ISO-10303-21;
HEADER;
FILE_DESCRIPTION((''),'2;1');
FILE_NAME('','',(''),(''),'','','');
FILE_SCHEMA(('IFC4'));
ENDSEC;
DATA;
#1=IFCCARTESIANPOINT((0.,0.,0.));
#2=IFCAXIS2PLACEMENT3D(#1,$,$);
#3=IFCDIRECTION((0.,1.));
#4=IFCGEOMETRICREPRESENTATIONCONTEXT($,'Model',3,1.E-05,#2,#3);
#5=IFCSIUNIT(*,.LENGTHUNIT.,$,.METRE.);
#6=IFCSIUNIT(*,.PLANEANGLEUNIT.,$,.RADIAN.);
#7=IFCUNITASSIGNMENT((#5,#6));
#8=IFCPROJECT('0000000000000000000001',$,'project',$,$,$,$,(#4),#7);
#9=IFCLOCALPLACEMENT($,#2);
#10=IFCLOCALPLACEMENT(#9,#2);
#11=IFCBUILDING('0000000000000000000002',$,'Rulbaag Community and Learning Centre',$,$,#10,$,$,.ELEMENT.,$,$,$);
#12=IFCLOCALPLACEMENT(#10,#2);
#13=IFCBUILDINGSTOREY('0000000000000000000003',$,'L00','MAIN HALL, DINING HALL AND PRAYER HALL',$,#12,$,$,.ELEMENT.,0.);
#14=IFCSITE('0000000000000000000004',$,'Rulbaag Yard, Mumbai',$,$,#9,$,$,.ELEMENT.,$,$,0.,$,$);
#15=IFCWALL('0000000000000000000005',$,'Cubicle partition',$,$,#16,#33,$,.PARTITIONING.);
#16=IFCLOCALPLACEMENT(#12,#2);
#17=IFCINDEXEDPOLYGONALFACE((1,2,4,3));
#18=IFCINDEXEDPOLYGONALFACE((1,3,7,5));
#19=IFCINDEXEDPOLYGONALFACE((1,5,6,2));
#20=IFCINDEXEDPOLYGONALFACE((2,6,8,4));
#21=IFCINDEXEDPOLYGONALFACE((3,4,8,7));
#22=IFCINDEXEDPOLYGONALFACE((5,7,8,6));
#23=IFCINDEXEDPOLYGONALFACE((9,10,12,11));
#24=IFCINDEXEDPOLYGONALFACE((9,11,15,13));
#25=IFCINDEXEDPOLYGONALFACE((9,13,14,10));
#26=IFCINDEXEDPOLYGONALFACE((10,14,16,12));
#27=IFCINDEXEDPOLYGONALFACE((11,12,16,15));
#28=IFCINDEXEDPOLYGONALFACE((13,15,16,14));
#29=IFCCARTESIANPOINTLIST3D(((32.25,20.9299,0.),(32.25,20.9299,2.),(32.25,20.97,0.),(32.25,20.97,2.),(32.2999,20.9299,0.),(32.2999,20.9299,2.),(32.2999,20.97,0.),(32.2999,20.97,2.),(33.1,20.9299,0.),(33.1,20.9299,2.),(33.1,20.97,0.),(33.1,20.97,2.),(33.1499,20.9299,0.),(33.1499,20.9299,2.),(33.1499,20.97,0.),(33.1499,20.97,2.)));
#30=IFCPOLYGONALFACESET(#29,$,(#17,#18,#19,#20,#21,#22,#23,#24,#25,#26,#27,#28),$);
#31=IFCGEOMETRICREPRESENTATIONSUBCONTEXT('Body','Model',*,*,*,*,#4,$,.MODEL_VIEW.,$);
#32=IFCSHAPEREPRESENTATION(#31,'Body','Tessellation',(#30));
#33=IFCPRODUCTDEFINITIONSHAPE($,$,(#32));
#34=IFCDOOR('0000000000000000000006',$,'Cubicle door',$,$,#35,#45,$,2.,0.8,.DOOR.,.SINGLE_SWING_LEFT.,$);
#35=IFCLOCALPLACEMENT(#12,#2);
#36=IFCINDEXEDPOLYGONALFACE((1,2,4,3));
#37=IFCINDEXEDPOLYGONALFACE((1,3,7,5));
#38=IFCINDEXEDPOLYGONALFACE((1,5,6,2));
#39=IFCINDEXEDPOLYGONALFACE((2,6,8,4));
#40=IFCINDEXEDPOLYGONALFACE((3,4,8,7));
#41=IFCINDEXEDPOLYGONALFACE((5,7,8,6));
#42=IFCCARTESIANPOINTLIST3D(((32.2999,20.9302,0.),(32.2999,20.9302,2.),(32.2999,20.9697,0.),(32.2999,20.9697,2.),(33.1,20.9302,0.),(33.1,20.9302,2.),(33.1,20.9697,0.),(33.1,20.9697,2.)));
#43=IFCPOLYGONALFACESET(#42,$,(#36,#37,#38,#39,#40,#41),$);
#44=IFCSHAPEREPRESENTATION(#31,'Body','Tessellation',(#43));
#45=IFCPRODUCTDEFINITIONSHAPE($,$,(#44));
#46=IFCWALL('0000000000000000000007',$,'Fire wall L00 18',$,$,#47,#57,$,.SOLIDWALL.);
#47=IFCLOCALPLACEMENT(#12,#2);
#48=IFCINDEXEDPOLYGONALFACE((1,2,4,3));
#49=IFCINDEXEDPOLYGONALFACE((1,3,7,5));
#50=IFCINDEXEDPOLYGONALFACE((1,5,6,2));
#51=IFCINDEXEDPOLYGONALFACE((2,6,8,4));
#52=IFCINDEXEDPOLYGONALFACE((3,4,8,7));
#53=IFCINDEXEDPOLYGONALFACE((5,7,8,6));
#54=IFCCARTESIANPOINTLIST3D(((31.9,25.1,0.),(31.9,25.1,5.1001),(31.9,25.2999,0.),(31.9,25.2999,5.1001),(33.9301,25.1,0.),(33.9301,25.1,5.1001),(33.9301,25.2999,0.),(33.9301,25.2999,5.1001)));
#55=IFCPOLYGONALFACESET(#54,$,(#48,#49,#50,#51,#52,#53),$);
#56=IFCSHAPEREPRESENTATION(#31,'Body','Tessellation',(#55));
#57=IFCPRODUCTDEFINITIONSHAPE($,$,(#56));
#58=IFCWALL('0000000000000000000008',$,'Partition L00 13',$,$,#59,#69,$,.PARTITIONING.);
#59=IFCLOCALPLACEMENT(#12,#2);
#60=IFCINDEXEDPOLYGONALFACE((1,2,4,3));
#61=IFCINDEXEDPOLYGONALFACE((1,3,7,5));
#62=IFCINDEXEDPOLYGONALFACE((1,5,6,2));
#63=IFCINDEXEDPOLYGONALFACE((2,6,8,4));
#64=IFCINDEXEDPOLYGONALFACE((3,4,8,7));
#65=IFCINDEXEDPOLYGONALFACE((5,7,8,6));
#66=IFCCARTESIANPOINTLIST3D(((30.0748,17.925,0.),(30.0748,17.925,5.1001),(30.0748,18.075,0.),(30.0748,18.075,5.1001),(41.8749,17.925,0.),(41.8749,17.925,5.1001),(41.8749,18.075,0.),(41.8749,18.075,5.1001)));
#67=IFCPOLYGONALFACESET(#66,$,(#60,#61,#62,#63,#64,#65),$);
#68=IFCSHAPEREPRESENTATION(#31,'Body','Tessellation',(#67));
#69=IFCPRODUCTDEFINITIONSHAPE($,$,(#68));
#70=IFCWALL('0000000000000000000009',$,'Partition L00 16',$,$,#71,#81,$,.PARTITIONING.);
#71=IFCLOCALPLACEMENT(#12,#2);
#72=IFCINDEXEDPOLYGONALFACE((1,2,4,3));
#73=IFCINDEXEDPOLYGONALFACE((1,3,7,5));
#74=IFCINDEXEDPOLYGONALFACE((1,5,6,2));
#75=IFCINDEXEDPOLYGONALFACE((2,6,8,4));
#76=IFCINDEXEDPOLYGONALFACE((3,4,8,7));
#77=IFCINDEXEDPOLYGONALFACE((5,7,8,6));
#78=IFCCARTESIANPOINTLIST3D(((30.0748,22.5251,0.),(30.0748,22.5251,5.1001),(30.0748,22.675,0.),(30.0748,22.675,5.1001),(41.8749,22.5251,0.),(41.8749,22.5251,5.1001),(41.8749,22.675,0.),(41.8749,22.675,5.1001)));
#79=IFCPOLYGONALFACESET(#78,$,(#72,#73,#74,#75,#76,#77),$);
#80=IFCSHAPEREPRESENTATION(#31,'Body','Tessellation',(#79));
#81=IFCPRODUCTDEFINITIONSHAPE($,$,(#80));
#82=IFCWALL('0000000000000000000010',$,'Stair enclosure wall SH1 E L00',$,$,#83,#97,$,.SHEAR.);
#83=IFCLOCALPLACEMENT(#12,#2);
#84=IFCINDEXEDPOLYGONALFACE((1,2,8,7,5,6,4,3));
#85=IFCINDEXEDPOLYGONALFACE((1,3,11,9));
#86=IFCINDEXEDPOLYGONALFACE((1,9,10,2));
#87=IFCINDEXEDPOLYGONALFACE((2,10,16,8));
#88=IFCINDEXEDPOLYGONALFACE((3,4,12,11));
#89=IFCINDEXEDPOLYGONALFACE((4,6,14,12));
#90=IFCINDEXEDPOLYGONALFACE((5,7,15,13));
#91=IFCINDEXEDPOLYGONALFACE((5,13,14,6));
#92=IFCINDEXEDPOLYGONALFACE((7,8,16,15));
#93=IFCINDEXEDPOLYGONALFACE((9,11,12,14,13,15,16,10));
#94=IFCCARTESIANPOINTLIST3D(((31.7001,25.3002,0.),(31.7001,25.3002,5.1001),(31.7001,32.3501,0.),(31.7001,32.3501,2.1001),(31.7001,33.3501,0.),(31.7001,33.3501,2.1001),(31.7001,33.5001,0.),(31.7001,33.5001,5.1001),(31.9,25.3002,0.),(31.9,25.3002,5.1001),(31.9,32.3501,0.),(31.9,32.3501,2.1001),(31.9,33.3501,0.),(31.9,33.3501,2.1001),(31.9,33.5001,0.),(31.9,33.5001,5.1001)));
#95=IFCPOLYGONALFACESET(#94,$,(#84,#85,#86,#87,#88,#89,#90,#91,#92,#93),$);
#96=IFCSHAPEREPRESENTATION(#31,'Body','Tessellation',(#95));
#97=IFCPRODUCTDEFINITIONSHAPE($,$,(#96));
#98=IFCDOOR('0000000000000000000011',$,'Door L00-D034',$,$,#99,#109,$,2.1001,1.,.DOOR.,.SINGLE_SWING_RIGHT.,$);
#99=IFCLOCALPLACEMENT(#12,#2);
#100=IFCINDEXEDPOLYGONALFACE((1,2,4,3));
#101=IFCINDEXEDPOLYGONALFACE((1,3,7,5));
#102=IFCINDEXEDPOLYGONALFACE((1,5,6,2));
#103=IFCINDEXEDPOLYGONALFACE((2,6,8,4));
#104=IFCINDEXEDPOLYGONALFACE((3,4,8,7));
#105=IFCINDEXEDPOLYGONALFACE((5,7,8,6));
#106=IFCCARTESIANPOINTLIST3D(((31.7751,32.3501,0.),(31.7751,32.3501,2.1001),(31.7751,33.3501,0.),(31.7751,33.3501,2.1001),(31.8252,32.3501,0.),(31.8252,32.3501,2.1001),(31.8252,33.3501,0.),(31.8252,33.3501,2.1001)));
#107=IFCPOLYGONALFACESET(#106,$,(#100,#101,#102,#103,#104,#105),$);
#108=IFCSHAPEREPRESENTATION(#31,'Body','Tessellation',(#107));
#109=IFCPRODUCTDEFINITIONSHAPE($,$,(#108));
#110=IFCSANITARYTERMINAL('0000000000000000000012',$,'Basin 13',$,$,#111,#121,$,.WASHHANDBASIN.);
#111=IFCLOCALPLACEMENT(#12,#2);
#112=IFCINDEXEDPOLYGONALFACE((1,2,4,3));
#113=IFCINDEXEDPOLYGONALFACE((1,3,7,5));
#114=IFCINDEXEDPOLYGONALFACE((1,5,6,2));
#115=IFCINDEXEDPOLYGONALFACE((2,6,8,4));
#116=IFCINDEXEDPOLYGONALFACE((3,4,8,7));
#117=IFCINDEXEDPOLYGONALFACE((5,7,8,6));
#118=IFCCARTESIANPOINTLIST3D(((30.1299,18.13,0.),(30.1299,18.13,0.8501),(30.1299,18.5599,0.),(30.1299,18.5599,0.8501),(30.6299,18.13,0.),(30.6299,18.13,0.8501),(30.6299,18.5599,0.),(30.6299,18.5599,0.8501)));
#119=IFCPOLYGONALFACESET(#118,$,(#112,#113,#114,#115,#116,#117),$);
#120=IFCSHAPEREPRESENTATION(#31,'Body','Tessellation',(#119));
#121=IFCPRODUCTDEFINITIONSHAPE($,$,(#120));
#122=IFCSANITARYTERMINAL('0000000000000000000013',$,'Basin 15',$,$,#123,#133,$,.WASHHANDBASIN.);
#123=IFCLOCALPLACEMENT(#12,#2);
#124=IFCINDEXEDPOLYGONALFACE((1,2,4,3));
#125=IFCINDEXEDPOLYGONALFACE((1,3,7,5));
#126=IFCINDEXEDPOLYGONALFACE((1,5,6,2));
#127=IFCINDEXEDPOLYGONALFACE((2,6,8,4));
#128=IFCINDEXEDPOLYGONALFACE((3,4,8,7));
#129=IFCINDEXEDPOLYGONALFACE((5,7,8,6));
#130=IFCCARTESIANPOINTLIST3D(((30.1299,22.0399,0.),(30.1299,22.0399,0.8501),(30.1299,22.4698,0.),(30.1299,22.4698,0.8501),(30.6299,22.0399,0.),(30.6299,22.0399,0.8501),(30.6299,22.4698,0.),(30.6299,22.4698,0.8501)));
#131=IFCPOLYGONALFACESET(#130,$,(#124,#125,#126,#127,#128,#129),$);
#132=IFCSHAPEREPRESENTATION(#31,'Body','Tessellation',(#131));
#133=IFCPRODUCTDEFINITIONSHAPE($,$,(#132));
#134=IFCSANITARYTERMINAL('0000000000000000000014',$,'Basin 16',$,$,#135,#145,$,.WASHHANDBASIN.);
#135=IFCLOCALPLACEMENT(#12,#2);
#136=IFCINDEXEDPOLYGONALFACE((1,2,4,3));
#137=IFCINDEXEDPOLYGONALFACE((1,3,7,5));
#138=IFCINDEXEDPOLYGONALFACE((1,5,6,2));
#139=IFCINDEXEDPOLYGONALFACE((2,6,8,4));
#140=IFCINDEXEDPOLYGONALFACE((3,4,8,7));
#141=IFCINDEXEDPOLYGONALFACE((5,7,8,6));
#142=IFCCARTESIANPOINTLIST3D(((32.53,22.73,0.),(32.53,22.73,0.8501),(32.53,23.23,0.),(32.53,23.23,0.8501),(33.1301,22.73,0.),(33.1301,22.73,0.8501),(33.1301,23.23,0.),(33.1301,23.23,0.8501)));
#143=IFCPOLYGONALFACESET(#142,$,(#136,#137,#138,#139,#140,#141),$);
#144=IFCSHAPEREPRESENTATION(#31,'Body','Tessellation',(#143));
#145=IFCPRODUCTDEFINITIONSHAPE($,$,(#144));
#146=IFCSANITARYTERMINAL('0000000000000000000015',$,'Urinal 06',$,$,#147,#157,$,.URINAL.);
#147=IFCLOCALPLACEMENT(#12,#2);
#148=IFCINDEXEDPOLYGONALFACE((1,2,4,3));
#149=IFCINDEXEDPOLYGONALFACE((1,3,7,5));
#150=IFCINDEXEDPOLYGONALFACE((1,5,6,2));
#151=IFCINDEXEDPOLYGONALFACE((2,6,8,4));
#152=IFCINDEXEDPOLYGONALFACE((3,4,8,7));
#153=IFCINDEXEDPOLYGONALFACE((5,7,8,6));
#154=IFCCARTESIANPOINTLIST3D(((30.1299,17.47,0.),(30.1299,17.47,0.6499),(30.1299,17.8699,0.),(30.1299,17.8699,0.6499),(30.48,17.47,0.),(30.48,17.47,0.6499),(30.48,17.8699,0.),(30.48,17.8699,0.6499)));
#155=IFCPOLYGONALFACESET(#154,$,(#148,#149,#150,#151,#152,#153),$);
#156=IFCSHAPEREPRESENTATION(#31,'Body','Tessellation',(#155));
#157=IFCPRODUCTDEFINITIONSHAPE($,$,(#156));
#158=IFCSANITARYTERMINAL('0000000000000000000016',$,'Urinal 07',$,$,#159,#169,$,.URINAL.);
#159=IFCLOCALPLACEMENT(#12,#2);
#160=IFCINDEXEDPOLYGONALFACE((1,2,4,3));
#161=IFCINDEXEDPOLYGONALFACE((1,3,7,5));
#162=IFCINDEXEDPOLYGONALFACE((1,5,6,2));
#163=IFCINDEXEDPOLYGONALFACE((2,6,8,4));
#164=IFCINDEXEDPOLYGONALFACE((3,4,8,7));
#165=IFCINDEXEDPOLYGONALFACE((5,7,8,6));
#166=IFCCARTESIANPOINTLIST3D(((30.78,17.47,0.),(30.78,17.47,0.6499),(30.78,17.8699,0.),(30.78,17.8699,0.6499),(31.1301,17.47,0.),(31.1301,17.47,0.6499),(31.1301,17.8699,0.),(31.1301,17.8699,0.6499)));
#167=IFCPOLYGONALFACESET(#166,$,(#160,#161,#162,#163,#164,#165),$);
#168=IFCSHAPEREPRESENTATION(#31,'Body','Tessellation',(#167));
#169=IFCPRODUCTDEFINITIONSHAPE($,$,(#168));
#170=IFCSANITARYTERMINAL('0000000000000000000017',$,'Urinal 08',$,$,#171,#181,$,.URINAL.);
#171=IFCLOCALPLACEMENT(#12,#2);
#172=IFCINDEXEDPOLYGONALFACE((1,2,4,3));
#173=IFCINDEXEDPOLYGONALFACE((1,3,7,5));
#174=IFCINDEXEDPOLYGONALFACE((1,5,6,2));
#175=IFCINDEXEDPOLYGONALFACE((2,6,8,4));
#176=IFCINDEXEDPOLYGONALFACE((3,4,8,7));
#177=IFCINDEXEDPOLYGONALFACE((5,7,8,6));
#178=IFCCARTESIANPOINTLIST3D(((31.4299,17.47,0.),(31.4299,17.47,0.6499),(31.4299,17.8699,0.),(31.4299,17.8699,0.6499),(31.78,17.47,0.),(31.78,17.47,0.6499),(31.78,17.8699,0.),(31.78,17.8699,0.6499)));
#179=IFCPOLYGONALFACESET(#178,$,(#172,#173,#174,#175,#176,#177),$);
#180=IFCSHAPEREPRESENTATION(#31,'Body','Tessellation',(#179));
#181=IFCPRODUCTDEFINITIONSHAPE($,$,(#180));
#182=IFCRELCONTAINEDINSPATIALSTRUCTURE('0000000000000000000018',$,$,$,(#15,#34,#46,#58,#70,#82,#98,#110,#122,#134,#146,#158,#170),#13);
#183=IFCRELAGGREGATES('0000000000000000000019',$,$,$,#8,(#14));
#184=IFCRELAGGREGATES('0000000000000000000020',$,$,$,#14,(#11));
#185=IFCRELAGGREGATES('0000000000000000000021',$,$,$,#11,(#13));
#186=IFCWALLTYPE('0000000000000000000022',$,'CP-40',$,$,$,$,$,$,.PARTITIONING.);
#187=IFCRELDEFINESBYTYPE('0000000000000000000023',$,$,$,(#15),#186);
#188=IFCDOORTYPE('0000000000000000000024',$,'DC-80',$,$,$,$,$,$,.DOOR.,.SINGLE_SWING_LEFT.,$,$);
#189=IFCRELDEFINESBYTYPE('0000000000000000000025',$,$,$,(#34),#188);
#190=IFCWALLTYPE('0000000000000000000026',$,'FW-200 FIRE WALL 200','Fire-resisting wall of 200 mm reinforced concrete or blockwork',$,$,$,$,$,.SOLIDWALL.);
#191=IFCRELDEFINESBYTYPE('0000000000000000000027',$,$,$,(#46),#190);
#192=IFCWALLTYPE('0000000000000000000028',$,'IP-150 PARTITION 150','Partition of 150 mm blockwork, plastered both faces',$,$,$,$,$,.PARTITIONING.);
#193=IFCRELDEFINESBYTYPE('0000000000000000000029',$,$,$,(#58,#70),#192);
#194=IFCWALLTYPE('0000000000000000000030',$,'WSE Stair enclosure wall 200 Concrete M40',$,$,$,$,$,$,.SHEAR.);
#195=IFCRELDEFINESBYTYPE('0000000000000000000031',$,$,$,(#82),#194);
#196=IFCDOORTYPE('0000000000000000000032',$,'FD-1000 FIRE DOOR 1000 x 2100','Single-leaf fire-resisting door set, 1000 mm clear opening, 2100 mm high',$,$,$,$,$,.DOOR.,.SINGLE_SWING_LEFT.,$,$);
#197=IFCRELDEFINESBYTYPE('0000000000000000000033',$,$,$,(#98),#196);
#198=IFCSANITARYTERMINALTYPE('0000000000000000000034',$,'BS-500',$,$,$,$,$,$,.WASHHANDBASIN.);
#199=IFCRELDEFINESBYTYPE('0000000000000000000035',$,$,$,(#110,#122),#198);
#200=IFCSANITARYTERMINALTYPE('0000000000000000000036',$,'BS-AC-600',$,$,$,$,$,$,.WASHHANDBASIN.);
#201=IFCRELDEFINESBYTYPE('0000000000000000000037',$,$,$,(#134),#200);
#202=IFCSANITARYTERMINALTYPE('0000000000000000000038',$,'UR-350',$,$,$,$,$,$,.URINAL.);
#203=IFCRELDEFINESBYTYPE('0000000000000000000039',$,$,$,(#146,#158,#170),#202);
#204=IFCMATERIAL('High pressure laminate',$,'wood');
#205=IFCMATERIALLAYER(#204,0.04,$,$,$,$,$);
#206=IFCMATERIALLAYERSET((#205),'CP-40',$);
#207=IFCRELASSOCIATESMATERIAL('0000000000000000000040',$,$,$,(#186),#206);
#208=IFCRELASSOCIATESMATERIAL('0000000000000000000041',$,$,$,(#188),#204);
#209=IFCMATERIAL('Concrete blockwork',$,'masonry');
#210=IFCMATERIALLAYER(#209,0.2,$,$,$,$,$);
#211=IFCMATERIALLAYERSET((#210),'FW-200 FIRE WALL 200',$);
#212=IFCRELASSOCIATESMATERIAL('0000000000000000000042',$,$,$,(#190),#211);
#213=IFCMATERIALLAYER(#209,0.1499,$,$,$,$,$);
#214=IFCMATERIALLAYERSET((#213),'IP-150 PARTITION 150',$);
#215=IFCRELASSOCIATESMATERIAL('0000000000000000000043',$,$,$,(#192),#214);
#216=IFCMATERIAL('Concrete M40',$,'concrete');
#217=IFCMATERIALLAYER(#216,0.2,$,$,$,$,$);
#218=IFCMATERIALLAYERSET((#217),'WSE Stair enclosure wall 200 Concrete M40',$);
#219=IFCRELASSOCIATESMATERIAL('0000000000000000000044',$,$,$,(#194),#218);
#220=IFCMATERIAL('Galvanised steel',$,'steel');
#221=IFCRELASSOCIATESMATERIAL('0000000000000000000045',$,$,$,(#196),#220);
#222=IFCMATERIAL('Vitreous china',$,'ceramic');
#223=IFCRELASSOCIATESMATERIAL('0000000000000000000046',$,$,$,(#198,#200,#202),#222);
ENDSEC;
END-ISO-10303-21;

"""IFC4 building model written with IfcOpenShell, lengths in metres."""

from ifc_helpers import new_model, si_unit, direction, frame, frame_2d, origin, origin_2d, place, context, subcontext, project, spatial, rectangle, extrude, material, layer, layer_set, type_object, element, fill, save


model = new_model("IFC4")

# Units and contexts
model_context = context("Model", 3, precision=1e-05, world=origin(), true_north=direction((0.0, 1.0)))
body_context = subcontext(model_context, "Body", "Model", "MODEL_VIEW")
ifc_project = project(units=[si_unit("LENGTHUNIT", "METRE"), si_unit("PLANEANGLEUNIT", "RADIAN")], contexts=[model_context])

# Site, building, storey
site_placement = place(None, origin())
site = spatial("IfcSite", under=ifc_project, at=site_placement, Name="Rulbaag Yard, Mumbai", CompositionType="ELEMENT", RefElevation=0.0)
building_placement = place(site_placement, origin())
building = spatial("IfcBuilding", under=site, at=building_placement, Name="Rulbaag Community and Learning Centre", CompositionType="ELEMENT")
storey_placement = place(building_placement, origin())
storey = spatial("IfcBuildingStorey", under=building, at=storey_placement, Name="L00", Description="MAIN HALL, DINING HALL AND PRAYER HALL", CompositionType="ELEMENT", Elevation=0.0)

# Shared definitions
ifc_material_1 = material(Name="High pressure laminate", Category="wood")
ifc_layer_1 = layer(ifc_material_1, 0.04)
ifc_layer_set_1 = layer_set([ifc_layer_1], Name="CP-40")
wall_type_1 = type_object("IfcWallType", Name="CP-40", PredefinedType="PARTITIONING", material=ifc_layer_set_1)

# Shared definitions
door_type_1 = type_object("IfcDoorType", Name="DC-80", OperationType="SINGLE_SWING_LEFT", PredefinedType="DOOR", material=ifc_material_1)

# Wall, opening, door
wall_1_placement = place(storey_placement, frame((32.25, 20.95, 0.0), z_axis=(0.0, 0.0, 1.0), x_axis=(1.0, 0.0, 0.0)))
wall_1 = element("IfcWall", 1, at=wall_1_placement, inside=storey, type_object=wall_type_1, Name="Cubicle partition", PredefinedType="PARTITIONING", context=body_context, shape_type="SweptSolid", body=[
    extrude(rectangle(XDim=0.8999, YDim=0.04, at=frame_2d((0.45, 0.0))), origin(), (0.0, 0.0, 1.0), 2.0),
])
opening_1_placement = place(wall_1_placement, frame((0.05, 0.0, 0.0)))
opening_1 = element("IfcOpeningElement", 2, at=opening_1_placement, cuts=wall_1, PredefinedType="OPENING", context=body_context, shape_type="SweptSolid", body=[
    extrude(rectangle(XDim=0.8, YDim=2.0, at=frame_2d((0.3999, 1.0))), frame((0.0, 0.03, 0.0), z_axis=(0.0, -1.0, 0.0), x_axis=(1.0, 0.0, 0.0)), (0.0, 0.0, 1.0), 0.0601),
])
door_1_placement = place(opening_1_placement, origin())
door_1 = element("IfcDoor", 3, at=door_1_placement, inside=storey, type_object=door_type_1, Name="Cubicle door", OperationType="SINGLE_SWING_LEFT", OverallHeight=2.0, OverallWidth=0.8, PredefinedType="DOOR", context=body_context, shape_type="SweptSolid", body=[
    extrude(rectangle(XDim=0.8, YDim=2.0, at=frame_2d((0.3999, 1.0))), frame((0.0, 0.0198, 0.0), z_axis=(0.0, -1.0, 0.0), x_axis=(1.0, 0.0, 0.0)), (0.0, 0.0, 1.0), 0.0396),
])
fill(opening_1, door_1)

# Walls
ifc_material_2 = material(Name="Concrete blockwork", Category="masonry")
ifc_layer_2 = layer(ifc_material_2, 0.2)
ifc_layer_set_2 = layer_set([ifc_layer_2], Name="FW-200 FIRE WALL 200")
wall_type_2 = type_object("IfcWallType", Name="FW-200 FIRE WALL 200", Description="Fire-resisting wall of 200 mm reinforced concrete or blockwork", PredefinedType="SOLIDWALL", material=ifc_layer_set_2)
wall_2_placement = place(storey_placement, frame((31.8999, 25.2, 0.0), z_axis=(0.0, 0.0, 1.0), x_axis=(1.0, 0.0, 0.0)))
element("IfcWall", 4, at=wall_2_placement, inside=storey, type_object=wall_type_2, Name="Fire wall L00 18", PredefinedType="SOLIDWALL", context=body_context, shape_type="SweptSolid", body=[
    extrude(rectangle(XDim=2.03, YDim=0.2, at=frame_2d((1.0151, 0.0))), origin(), (0.0, 0.0, 1.0), 5.1001),
])
ifc_layer_3 = layer(ifc_material_2, 0.1499)
ifc_layer_set_3 = layer_set([ifc_layer_3], Name="IP-150 PARTITION 150")
wall_type_3 = type_object("IfcWallType", Name="IP-150 PARTITION 150", Description="Partition of 150 mm blockwork, plastered both faces", PredefinedType="PARTITIONING", material=ifc_layer_set_3)
for number, where, z_axis, x_axis, name in (
    (5, (30.075, 18.0, 0.0), (0.0, 0.0, 1.0), (1.0, 0.0, 0.0), "Partition L00 13"),
    (6, (30.075, 22.6001, 0.0), (0.0, 0.0, 1.0), (1.0, 0.0, 0.0), "Partition L00 16"),
):
    element("IfcWall", number, at=place(storey_placement, frame(where, z_axis=z_axis, x_axis=x_axis)), inside=storey, type_object=wall_type_3, Name=name, PredefinedType="PARTITIONING", context=body_context, shape_type="SweptSolid", body=[
        extrude(rectangle(XDim=11.8, YDim=0.1499, at=frame_2d((5.8999, 0.0))), origin(), (0.0, 0.0, 1.0), 5.1001),
    ])

# Wall, opening, door
ifc_material_3 = material(Name="Concrete M40", Category="concrete")
ifc_layer_4 = layer(ifc_material_3, 0.2)
ifc_layer_set_4 = layer_set([ifc_layer_4], Name="WSE Stair enclosure wall 200 Concrete M40")
wall_type_4 = type_object("IfcWallType", Name="WSE Stair enclosure wall 200 Concrete M40", PredefinedType="SHEAR", material=ifc_layer_set_4)
wall_3_placement = place(storey_placement, frame((31.8, 25.3, 0.0), z_axis=(0.0, 0.0, 1.0), x_axis=(0.0, 1.0, 0.0)))
wall_3 = element("IfcWall", 7, at=wall_3_placement, inside=storey, type_object=wall_type_4, Name="Stair enclosure wall SH1 E L00", PredefinedType="SHEAR", context=body_context, shape_type="SweptSolid", body=[
    extrude(rectangle(XDim=8.2, YDim=0.2, at=frame_2d((4.1001, 0.0))), origin(), (0.0, 0.0, 1.0), 5.1001),
])
opening_2_placement = place(wall_3_placement, frame((7.05, 0.0, 0.0)))
opening_2 = element("IfcOpeningElement", 8, at=opening_2_placement, cuts=wall_3, PredefinedType="OPENING", context=body_context, shape_type="SweptSolid", body=[
    extrude(rectangle(XDim=1.0, YDim=2.1001, at=frame_2d((0.5, 1.05))), frame((0.0, 0.1099, 0.0), z_axis=(0.0, -1.0, 0.0), x_axis=(1.0, 0.0, 0.0)), (0.0, 0.0, 1.0), 0.22),
])
ifc_material_4 = material(Name="Galvanised steel", Category="steel")
door_type_2 = type_object("IfcDoorType", Name="FD-1000 FIRE DOOR 1000 x 2100", Description="Single-leaf fire-resisting door set, 1000 mm clear opening, 2100 mm high", OperationType="SINGLE_SWING_LEFT", PredefinedType="DOOR", material=ifc_material_4)
door_2_placement = place(opening_2_placement, origin())
door_2 = element("IfcDoor", 9, at=door_2_placement, inside=storey, type_object=door_type_2, Name="Door L00-D034", OperationType="SINGLE_SWING_RIGHT", OverallHeight=2.1001, OverallWidth=1.0, PredefinedType="DOOR", context=body_context, shape_type="SweptSolid", body=[
    extrude(rectangle(XDim=1.0, YDim=2.1001, at=frame_2d((0.5, 1.05))), frame((0.0, 0.0249, 0.0), z_axis=(0.0, -1.0, 0.0), x_axis=(1.0, 0.0, 0.0)), (0.0, 0.0, 1.0), 0.05),
])
fill(opening_2, door_2)

# Sanitary terminals
ifc_material_5 = material(Name="Vitreous china", Category="ceramic")
sanitary_terminal_type_1 = type_object("IfcSanitaryTerminalType", Name="BS-500", PredefinedType="WASHHANDBASIN", material=ifc_material_5)
for number, where, z_axis, x_axis, name in (
    (10, (30.3799, 18.345, 0.0), (0.0, 0.0, 1.0), (1.0, 0.0, 0.0), "Basin 13"),
    (11, (30.3799, 22.2549, 0.0), (0.0, 0.0, 1.0), (1.0, 0.0, 0.0), "Basin 15"),
):
    element("IfcSanitaryTerminal", number, at=place(storey_placement, frame(where, z_axis=z_axis, x_axis=x_axis)), inside=storey, type_object=sanitary_terminal_type_1, Name=name, PredefinedType="WASHHANDBASIN", context=body_context, shape_type="SweptSolid", body=[
        extrude(rectangle(XDim=0.5, YDim=0.4299, at=origin_2d()), origin(), (0.0, 0.0, 1.0), 0.8501),
    ])
sanitary_terminal_type_2 = type_object("IfcSanitaryTerminalType", Name="BS-AC-600", PredefinedType="WASHHANDBASIN", material=ifc_material_5)
sanitary_terminal_1_placement = place(storey_placement, frame((32.8301, 22.98, 0.0), z_axis=(0.0, 0.0, 1.0), x_axis=(1.0, 0.0, 0.0)))
element("IfcSanitaryTerminal", 12, at=sanitary_terminal_1_placement, inside=storey, type_object=sanitary_terminal_type_2, Name="Basin 16", PredefinedType="WASHHANDBASIN", context=body_context, shape_type="SweptSolid", body=[
    extrude(rectangle(XDim=0.6001, YDim=0.5, at=origin_2d()), origin(), (0.0, 0.0, 1.0), 0.8501),
])
sanitary_terminal_type_3 = type_object("IfcSanitaryTerminalType", Name="UR-350", PredefinedType="URINAL", material=ifc_material_5)
for number, where, z_axis, x_axis, name in (
    (13, (30.3049, 17.6699, 0.0), (0.0, 0.0, 1.0), (1.0, 0.0, 0.0), "Urinal 06"),
    (14, (30.9551, 17.6699, 0.0), (0.0, 0.0, 1.0), (1.0, 0.0, 0.0), "Urinal 07"),
    (15, (31.605, 17.6699, 0.0), (0.0, 0.0, 1.0), (1.0, 0.0, 0.0), "Urinal 08"),
):
    element("IfcSanitaryTerminal", number, at=place(storey_placement, frame(where, z_axis=z_axis, x_axis=x_axis)), inside=storey, type_object=sanitary_terminal_type_3, Name=name, PredefinedType="URINAL", context=body_context, shape_type="SweptSolid", body=[
        extrude(rectangle(XDim=0.3501, YDim=0.3999, at=origin_2d()), origin(), (0.0, 0.0, 1.0), 0.6499),
    ])

save(model, "model.ifc")
